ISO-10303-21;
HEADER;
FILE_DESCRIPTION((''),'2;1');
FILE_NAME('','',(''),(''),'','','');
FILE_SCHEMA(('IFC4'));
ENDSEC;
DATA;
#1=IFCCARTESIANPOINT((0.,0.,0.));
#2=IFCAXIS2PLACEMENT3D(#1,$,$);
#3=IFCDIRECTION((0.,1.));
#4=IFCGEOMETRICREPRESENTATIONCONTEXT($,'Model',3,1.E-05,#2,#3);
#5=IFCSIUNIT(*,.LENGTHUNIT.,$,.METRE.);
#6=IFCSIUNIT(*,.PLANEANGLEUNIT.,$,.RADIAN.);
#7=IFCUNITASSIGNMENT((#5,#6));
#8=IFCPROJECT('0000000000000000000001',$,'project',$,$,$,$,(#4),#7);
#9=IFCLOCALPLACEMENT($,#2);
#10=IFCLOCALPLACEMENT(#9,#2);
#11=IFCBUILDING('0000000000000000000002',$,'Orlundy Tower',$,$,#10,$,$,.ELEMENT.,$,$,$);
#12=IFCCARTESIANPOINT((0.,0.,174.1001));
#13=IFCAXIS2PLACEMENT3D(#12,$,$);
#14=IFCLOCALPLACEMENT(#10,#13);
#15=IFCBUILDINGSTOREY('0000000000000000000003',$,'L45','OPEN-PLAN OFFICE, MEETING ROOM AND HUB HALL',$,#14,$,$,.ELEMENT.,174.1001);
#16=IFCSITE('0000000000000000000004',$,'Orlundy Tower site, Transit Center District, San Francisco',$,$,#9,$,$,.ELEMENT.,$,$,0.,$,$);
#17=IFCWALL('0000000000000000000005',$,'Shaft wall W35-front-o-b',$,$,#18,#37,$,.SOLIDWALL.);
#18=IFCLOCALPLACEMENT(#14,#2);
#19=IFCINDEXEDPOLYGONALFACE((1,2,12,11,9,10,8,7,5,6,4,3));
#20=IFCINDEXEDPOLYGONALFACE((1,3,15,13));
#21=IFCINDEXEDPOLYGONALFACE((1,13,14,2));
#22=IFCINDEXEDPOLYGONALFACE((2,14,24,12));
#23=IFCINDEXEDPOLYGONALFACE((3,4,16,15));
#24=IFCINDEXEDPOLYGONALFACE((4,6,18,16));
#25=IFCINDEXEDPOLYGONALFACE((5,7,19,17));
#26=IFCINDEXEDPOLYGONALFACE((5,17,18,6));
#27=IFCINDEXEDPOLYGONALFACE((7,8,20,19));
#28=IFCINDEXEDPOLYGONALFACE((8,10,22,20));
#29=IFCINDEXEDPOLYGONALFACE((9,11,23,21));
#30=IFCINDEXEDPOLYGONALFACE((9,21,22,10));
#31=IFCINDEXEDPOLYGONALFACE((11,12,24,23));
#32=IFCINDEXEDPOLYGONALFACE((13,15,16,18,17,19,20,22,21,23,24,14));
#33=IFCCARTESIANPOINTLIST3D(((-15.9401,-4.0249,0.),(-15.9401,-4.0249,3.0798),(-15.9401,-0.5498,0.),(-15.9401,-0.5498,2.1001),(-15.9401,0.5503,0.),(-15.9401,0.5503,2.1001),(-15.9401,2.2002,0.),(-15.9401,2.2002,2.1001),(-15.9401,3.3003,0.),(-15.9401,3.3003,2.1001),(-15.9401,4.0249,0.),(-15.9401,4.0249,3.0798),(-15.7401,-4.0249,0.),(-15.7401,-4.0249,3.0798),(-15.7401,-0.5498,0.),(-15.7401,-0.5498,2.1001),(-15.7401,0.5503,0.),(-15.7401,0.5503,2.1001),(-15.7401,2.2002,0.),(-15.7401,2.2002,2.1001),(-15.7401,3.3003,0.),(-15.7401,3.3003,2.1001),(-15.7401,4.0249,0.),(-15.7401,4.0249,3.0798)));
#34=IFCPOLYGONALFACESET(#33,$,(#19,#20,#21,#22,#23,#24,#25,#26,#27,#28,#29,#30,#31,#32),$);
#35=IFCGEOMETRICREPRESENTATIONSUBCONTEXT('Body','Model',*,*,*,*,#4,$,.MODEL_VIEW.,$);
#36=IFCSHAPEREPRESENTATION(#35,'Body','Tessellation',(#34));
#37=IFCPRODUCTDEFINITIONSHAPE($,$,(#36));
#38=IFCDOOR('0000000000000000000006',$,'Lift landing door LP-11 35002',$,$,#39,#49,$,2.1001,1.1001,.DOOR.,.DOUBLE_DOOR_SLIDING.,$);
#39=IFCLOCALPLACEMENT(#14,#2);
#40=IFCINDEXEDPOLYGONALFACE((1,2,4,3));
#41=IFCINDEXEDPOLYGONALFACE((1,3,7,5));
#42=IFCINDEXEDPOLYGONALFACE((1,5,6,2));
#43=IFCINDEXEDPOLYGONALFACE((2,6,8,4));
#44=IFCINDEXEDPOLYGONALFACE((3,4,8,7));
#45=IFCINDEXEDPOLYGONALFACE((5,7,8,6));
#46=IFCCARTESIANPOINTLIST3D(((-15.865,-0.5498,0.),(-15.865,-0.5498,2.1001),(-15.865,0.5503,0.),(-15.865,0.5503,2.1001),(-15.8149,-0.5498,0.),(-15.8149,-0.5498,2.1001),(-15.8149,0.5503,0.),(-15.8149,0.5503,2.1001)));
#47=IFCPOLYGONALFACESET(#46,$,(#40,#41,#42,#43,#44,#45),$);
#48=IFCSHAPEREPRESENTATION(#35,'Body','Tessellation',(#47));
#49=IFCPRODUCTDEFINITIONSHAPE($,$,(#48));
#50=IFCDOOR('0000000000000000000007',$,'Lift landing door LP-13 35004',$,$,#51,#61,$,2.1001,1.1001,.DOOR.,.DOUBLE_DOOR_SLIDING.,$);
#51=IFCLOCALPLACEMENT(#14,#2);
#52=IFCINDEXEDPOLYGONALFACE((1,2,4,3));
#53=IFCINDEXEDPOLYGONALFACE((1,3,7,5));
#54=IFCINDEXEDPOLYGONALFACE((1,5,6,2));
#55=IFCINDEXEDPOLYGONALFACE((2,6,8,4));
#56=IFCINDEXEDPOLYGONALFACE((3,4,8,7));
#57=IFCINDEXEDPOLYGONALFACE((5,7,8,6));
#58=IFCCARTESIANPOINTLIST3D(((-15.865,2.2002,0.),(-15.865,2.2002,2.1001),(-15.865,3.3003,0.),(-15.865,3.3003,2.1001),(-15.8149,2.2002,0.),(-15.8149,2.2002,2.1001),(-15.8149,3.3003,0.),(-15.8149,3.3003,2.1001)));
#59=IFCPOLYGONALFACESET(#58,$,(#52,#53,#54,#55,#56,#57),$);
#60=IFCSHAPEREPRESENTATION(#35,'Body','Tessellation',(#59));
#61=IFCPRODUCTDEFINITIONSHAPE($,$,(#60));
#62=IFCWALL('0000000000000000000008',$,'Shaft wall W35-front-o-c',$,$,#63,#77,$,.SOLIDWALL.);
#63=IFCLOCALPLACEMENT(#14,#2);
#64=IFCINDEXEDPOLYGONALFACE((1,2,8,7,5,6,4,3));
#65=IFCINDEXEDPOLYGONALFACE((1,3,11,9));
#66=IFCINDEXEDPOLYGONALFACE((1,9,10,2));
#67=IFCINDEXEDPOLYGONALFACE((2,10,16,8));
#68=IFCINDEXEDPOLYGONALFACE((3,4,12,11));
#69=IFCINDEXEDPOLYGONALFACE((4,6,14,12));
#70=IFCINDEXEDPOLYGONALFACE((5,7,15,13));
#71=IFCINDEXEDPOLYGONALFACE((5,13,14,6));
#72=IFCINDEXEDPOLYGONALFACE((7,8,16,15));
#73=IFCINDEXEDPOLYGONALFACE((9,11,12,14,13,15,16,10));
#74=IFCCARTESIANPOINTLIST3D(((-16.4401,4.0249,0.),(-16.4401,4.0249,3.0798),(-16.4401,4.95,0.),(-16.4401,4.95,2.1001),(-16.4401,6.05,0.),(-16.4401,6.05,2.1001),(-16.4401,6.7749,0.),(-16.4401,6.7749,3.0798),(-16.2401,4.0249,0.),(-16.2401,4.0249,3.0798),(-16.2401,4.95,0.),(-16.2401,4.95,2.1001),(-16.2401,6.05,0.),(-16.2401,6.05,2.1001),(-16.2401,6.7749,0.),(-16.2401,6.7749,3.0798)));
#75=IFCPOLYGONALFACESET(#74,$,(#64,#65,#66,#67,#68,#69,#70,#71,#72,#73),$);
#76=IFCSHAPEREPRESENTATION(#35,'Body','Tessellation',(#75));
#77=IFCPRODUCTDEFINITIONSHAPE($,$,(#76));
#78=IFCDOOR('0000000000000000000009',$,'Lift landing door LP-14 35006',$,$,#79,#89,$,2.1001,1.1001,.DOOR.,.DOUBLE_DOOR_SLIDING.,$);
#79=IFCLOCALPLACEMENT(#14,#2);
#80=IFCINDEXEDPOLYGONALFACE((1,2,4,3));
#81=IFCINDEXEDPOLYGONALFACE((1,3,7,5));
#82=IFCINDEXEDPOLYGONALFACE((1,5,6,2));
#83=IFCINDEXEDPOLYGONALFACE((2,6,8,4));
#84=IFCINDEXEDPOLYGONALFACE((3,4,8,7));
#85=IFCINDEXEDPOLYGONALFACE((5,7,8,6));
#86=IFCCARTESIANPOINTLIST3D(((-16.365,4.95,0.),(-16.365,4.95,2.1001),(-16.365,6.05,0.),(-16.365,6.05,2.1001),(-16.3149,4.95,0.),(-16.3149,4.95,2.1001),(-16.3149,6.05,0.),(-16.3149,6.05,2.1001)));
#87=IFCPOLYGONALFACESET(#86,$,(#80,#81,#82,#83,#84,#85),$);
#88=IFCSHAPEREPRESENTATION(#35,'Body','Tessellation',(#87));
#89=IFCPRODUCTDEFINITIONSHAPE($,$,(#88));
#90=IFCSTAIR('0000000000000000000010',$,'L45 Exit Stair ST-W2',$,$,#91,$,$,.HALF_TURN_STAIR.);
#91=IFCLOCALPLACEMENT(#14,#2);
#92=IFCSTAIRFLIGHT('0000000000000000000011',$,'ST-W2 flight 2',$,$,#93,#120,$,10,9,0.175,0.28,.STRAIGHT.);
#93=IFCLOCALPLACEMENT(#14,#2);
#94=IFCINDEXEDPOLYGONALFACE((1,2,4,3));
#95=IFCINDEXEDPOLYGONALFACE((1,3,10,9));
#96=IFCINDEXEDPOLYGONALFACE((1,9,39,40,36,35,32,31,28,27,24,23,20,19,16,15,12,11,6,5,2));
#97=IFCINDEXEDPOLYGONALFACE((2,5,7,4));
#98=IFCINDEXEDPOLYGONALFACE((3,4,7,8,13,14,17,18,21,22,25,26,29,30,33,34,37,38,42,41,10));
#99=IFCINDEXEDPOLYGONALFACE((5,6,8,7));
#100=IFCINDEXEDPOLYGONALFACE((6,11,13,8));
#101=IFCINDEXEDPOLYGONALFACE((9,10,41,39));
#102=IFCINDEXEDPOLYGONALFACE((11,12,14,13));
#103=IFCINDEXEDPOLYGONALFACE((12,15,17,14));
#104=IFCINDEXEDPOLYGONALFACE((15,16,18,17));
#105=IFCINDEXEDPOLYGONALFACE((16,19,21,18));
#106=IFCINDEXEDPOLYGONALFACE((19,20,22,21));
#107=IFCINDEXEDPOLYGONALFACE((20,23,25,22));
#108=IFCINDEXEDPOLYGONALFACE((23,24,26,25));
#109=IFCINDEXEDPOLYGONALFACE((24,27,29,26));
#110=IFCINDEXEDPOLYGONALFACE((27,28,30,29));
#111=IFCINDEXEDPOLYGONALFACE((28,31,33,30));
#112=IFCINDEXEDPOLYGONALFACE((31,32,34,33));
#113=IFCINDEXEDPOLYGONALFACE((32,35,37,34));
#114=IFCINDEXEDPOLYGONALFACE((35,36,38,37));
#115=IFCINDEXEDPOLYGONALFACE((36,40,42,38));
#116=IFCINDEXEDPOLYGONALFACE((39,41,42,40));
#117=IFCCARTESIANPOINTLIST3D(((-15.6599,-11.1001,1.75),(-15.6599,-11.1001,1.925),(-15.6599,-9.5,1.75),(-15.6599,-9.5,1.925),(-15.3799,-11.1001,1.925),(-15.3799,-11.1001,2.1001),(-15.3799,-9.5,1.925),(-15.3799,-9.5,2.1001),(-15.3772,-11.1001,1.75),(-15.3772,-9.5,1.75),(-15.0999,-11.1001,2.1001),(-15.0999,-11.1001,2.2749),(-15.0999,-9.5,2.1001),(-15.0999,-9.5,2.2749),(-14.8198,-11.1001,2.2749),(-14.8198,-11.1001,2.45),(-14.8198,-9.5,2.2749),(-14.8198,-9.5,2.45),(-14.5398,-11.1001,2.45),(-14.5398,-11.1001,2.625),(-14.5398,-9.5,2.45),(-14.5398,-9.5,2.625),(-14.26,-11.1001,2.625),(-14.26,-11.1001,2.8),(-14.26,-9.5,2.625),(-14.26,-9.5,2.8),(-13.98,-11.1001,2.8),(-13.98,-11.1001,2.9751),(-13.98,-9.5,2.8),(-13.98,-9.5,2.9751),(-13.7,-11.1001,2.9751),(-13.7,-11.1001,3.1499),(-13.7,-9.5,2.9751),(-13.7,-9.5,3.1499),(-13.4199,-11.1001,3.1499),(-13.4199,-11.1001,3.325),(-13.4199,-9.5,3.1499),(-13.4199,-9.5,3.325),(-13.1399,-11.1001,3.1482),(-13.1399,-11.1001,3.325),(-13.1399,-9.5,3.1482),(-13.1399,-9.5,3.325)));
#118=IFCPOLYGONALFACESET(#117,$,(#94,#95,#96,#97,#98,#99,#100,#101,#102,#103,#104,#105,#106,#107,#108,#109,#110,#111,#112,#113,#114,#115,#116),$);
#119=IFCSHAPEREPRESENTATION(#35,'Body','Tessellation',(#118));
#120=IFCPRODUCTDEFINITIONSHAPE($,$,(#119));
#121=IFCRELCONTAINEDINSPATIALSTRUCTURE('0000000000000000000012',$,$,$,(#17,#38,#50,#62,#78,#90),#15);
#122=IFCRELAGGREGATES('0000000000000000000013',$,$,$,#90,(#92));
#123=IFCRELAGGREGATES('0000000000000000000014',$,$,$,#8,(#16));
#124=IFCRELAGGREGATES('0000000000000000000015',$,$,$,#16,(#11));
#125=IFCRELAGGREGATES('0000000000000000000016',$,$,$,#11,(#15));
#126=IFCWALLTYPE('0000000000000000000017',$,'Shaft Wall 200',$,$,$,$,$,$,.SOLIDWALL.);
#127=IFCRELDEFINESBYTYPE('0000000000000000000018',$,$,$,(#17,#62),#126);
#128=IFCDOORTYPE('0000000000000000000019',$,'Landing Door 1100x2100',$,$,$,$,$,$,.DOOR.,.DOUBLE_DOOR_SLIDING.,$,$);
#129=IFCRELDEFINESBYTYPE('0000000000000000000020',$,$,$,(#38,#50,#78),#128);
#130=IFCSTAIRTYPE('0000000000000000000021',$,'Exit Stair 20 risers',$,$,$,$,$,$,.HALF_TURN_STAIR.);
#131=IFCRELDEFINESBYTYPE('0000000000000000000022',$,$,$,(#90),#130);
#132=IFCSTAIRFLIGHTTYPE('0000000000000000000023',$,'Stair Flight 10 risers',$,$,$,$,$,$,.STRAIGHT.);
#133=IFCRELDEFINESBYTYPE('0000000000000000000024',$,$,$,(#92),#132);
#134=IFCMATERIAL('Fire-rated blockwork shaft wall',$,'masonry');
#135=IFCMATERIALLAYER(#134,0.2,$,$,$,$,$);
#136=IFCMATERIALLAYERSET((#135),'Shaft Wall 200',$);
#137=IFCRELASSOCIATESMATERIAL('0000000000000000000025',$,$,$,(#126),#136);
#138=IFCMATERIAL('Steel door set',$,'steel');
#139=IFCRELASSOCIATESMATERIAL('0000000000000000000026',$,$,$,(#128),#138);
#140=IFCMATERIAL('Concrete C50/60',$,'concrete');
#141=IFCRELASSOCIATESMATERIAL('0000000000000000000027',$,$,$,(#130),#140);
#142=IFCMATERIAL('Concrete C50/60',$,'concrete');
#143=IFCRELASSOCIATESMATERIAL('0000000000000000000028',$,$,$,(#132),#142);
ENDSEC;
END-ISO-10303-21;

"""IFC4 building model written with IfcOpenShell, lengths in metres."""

from ifc_helpers import new_model, si_unit, direction, frame, frame_2d, origin, place, context, subcontext, project, spatial, polyline, rectangle, outline, extrude, material, layer, layer_set, type_object, element, fill, aggregate, save


model = new_model("IFC4")

# Units and contexts
model_context = context("Model", 3, precision=1e-05, world=origin(), true_north=direction((0.0, 1.0)))
body_context = subcontext(model_context, "Body", "Model", "MODEL_VIEW")
ifc_project = project(units=[si_unit("LENGTHUNIT", "METRE"), si_unit("PLANEANGLEUNIT", "RADIAN")], contexts=[model_context])

# Site, building, storey
site_placement = place(None, origin())
site = spatial("IfcSite", under=ifc_project, at=site_placement, Name="Orlundy Tower site, Transit Center District, San Francisco", CompositionType="ELEMENT", RefElevation=0.0)
building_placement = place(site_placement, origin())
building = spatial("IfcBuilding", under=site, at=building_placement, Name="Orlundy Tower", CompositionType="ELEMENT")
storey_placement = place(building_placement, frame((0.0, 0.0, 174.1001)))
storey = spatial("IfcBuildingStorey", under=building, at=storey_placement, Name="L45", Description="OPEN-PLAN OFFICE, MEETING ROOM AND HUB HALL", CompositionType="ELEMENT", Elevation=174.1001)

# Shared definitions
ifc_material_1 = material(Name="Fire-rated blockwork shaft wall", Category="masonry")
ifc_layer_1 = layer(ifc_material_1, 0.2)
ifc_layer_set_1 = layer_set([ifc_layer_1], Name="Shaft Wall 200")
wall_type_1 = type_object("IfcWallType", Name="Shaft Wall 200", PredefinedType="SOLIDWALL", material=ifc_layer_set_1)

# Shared definitions
ifc_material_2 = material(Name="Steel door set", Category="steel")
door_type_1 = type_object("IfcDoorType", Name="Landing Door 1100x2100", OperationType="DOUBLE_DOOR_SLIDING", PredefinedType="DOOR", material=ifc_material_2)

# Wall, openings, doors
wall_1_placement = place(storey_placement, frame((-15.8401, -4.0249, 0.0), z_axis=(0.0, 0.0, 1.0), x_axis=(0.0, 1.0, 0.0)))
wall_1 = element("IfcWall", 1, at=wall_1_placement, inside=storey, type_object=wall_type_1, Name="Shaft wall W35-front-o-b", PredefinedType="SOLIDWALL", context=body_context, shape_type="SweptSolid", body=[
    extrude(rectangle(XDim=8.0498, YDim=0.2, at=frame_2d((4.0249, 0.0))), origin(), (0.0, 0.0, 1.0), 3.0798),
])
opening_1_placement = place(wall_1_placement, frame((3.4751, 0.0, 0.0)))
opening_1 = element("IfcOpeningElement", 2, at=opening_1_placement, cuts=wall_1, PredefinedType="OPENING", context=body_context, shape_type="SweptSolid", body=[
    extrude(rectangle(XDim=1.1001, YDim=2.1001, at=frame_2d((0.55, 1.05))), frame((0.0, 0.1101, 0.0), z_axis=(0.0, -1.0, 0.0), x_axis=(1.0, 0.0, 0.0)), (0.0, 0.0, 1.0), 0.2202),
])
opening_2_placement = place(wall_1_placement, frame((6.2251, 0.0, 0.0)))
opening_2 = element("IfcOpeningElement", 3, at=opening_2_placement, cuts=wall_1, PredefinedType="OPENING", context=body_context, shape_type="SweptSolid", body=[
    extrude(rectangle(XDim=1.1001, YDim=2.1001, at=frame_2d((0.55, 1.05))), frame((0.0, 0.1101, 0.0), z_axis=(0.0, -1.0, 0.0), x_axis=(1.0, 0.0, 0.0)), (0.0, 0.0, 1.0), 0.2202),
])
door_1_placement = place(opening_1_placement, origin())
door_1 = element("IfcDoor", 4, at=door_1_placement, inside=storey, type_object=door_type_1, Name="Lift landing door LP-11 35002", OperationType="DOUBLE_DOOR_SLIDING", OverallHeight=2.1001, OverallWidth=1.1001, PredefinedType="DOOR", context=body_context, shape_type="SweptSolid", body=[
    extrude(rectangle(XDim=1.1001, YDim=2.1001, at=frame_2d((0.55, 1.05))), frame((0.0, 0.0249, 0.0), z_axis=(0.0, -1.0, 0.0), x_axis=(1.0, 0.0, 0.0)), (0.0, 0.0, 1.0), 0.05),
])
fill(opening_1, door_1)
door_2_placement = place(opening_2_placement, origin())
door_2 = element("IfcDoor", 5, at=door_2_placement, inside=storey, type_object=door_type_1, Name="Lift landing door LP-13 35004", OperationType="DOUBLE_DOOR_SLIDING", OverallHeight=2.1001, OverallWidth=1.1001, PredefinedType="DOOR", context=body_context, shape_type="SweptSolid", body=[
    extrude(rectangle(XDim=1.1001, YDim=2.1001, at=frame_2d((0.55, 1.05))), frame((0.0, 0.0249, 0.0), z_axis=(0.0, -1.0, 0.0), x_axis=(1.0, 0.0, 0.0)), (0.0, 0.0, 1.0), 0.05),
])
fill(opening_2, door_2)

# Wall, opening, door
wall_2_placement = place(storey_placement, frame((-16.3401, 4.0249, 0.0), z_axis=(0.0, 0.0, 1.0), x_axis=(0.0, 1.0, 0.0)))
wall_2 = element("IfcWall", 6, at=wall_2_placement, inside=storey, type_object=wall_type_1, Name="Shaft wall W35-front-o-c", PredefinedType="SOLIDWALL", context=body_context, shape_type="SweptSolid", body=[
    extrude(rectangle(XDim=2.75, YDim=0.2, at=frame_2d((1.375, 0.0))), origin(), (0.0, 0.0, 1.0), 3.0798),
])
opening_3_placement = place(wall_2_placement, frame((0.925, 0.0, 0.0)))
opening_3 = element("IfcOpeningElement", 7, at=opening_3_placement, cuts=wall_2, PredefinedType="OPENING", context=body_context, shape_type="SweptSolid", body=[
    extrude(rectangle(XDim=1.1001, YDim=2.1001, at=frame_2d((0.55, 1.05))), frame((0.0, 0.1101, 0.0), z_axis=(0.0, -1.0, 0.0), x_axis=(1.0, 0.0, 0.0)), (0.0, 0.0, 1.0), 0.2202),
])
door_3_placement = place(opening_3_placement, origin())
door_3 = element("IfcDoor", 8, at=door_3_placement, inside=storey, type_object=door_type_1, Name="Lift landing door LP-14 35006", OperationType="DOUBLE_DOOR_SLIDING", OverallHeight=2.1001, OverallWidth=1.1001, PredefinedType="DOOR", context=body_context, shape_type="SweptSolid", body=[
    extrude(rectangle(XDim=1.1001, YDim=2.1001, at=frame_2d((0.55, 1.05))), frame((0.0, 0.0249, 0.0), z_axis=(0.0, -1.0, 0.0), x_axis=(1.0, 0.0, 0.0)), (0.0, 0.0, 1.0), 0.05),
])
fill(opening_3, door_3)

# Stair, stair flight
ifc_material_3 = material(Name="Concrete C50/60", Category="concrete")
stair_type = type_object("IfcStairType", Name="Exit Stair 20 risers", PredefinedType="HALF_TURN_STAIR", material=ifc_material_3)
stair_placement = place(storey_placement, origin())
stair = element("IfcStair", 9, at=stair_placement, inside=storey, type_object=stair_type, Name="L45 Exit Stair ST-W2", PredefinedType="HALF_TURN_STAIR")
ifc_material_4 = material(Name="Concrete C50/60", Category="concrete")
stair_flight_type = type_object("IfcStairFlightType", Name="Stair Flight 10 risers", PredefinedType="STRAIGHT", material=ifc_material_4)
stair_flight_placement = place(storey_placement, frame((-15.6599, -10.3, 1.75), z_axis=(0.0, 0.0, 1.0), x_axis=(1.0, 0.0, 0.0)))
stair_flight = element("IfcStairFlight", 10, at=stair_flight_placement, type_object=stair_flight_type, Name="ST-W2 flight 2", NumberOfRisers=10, NumberOfTreads=9, PredefinedType="STRAIGHT", RiserHeight=0.175, TreadLength=0.28, context=body_context, shape_type="SweptSolid", body=[
    extrude(outline(polyline([(0.0, 0.0), (0.0, 0.175), (0.28, 0.175), (0.28, 0.3501), (0.5601, 0.3501), (0.5601, 0.5249), (0.8401, 0.5249), (0.8401, 0.7), (1.1201, 0.7), (1.1201, 0.875), (1.3999, 0.875), (1.3999, 1.05), (1.6799, 1.05), (1.6799, 1.2251), (1.96, 1.2251), (1.96, 1.3999), (2.24, 1.3999), (2.24, 1.575), (2.52, 1.575), (2.52, 1.75), (2.52, 1.3982), (0.2827, 0.0), (0.0, 0.0)])), frame((0.0, 0.8, 0.0), z_axis=(0.0, -1.0, 0.0), x_axis=(1.0, 0.0, 0.0)), (0.0, 0.0, 1.0), 1.6001),
])
aggregate(stair, [stair_flight])

save(model, "model.ifc")
